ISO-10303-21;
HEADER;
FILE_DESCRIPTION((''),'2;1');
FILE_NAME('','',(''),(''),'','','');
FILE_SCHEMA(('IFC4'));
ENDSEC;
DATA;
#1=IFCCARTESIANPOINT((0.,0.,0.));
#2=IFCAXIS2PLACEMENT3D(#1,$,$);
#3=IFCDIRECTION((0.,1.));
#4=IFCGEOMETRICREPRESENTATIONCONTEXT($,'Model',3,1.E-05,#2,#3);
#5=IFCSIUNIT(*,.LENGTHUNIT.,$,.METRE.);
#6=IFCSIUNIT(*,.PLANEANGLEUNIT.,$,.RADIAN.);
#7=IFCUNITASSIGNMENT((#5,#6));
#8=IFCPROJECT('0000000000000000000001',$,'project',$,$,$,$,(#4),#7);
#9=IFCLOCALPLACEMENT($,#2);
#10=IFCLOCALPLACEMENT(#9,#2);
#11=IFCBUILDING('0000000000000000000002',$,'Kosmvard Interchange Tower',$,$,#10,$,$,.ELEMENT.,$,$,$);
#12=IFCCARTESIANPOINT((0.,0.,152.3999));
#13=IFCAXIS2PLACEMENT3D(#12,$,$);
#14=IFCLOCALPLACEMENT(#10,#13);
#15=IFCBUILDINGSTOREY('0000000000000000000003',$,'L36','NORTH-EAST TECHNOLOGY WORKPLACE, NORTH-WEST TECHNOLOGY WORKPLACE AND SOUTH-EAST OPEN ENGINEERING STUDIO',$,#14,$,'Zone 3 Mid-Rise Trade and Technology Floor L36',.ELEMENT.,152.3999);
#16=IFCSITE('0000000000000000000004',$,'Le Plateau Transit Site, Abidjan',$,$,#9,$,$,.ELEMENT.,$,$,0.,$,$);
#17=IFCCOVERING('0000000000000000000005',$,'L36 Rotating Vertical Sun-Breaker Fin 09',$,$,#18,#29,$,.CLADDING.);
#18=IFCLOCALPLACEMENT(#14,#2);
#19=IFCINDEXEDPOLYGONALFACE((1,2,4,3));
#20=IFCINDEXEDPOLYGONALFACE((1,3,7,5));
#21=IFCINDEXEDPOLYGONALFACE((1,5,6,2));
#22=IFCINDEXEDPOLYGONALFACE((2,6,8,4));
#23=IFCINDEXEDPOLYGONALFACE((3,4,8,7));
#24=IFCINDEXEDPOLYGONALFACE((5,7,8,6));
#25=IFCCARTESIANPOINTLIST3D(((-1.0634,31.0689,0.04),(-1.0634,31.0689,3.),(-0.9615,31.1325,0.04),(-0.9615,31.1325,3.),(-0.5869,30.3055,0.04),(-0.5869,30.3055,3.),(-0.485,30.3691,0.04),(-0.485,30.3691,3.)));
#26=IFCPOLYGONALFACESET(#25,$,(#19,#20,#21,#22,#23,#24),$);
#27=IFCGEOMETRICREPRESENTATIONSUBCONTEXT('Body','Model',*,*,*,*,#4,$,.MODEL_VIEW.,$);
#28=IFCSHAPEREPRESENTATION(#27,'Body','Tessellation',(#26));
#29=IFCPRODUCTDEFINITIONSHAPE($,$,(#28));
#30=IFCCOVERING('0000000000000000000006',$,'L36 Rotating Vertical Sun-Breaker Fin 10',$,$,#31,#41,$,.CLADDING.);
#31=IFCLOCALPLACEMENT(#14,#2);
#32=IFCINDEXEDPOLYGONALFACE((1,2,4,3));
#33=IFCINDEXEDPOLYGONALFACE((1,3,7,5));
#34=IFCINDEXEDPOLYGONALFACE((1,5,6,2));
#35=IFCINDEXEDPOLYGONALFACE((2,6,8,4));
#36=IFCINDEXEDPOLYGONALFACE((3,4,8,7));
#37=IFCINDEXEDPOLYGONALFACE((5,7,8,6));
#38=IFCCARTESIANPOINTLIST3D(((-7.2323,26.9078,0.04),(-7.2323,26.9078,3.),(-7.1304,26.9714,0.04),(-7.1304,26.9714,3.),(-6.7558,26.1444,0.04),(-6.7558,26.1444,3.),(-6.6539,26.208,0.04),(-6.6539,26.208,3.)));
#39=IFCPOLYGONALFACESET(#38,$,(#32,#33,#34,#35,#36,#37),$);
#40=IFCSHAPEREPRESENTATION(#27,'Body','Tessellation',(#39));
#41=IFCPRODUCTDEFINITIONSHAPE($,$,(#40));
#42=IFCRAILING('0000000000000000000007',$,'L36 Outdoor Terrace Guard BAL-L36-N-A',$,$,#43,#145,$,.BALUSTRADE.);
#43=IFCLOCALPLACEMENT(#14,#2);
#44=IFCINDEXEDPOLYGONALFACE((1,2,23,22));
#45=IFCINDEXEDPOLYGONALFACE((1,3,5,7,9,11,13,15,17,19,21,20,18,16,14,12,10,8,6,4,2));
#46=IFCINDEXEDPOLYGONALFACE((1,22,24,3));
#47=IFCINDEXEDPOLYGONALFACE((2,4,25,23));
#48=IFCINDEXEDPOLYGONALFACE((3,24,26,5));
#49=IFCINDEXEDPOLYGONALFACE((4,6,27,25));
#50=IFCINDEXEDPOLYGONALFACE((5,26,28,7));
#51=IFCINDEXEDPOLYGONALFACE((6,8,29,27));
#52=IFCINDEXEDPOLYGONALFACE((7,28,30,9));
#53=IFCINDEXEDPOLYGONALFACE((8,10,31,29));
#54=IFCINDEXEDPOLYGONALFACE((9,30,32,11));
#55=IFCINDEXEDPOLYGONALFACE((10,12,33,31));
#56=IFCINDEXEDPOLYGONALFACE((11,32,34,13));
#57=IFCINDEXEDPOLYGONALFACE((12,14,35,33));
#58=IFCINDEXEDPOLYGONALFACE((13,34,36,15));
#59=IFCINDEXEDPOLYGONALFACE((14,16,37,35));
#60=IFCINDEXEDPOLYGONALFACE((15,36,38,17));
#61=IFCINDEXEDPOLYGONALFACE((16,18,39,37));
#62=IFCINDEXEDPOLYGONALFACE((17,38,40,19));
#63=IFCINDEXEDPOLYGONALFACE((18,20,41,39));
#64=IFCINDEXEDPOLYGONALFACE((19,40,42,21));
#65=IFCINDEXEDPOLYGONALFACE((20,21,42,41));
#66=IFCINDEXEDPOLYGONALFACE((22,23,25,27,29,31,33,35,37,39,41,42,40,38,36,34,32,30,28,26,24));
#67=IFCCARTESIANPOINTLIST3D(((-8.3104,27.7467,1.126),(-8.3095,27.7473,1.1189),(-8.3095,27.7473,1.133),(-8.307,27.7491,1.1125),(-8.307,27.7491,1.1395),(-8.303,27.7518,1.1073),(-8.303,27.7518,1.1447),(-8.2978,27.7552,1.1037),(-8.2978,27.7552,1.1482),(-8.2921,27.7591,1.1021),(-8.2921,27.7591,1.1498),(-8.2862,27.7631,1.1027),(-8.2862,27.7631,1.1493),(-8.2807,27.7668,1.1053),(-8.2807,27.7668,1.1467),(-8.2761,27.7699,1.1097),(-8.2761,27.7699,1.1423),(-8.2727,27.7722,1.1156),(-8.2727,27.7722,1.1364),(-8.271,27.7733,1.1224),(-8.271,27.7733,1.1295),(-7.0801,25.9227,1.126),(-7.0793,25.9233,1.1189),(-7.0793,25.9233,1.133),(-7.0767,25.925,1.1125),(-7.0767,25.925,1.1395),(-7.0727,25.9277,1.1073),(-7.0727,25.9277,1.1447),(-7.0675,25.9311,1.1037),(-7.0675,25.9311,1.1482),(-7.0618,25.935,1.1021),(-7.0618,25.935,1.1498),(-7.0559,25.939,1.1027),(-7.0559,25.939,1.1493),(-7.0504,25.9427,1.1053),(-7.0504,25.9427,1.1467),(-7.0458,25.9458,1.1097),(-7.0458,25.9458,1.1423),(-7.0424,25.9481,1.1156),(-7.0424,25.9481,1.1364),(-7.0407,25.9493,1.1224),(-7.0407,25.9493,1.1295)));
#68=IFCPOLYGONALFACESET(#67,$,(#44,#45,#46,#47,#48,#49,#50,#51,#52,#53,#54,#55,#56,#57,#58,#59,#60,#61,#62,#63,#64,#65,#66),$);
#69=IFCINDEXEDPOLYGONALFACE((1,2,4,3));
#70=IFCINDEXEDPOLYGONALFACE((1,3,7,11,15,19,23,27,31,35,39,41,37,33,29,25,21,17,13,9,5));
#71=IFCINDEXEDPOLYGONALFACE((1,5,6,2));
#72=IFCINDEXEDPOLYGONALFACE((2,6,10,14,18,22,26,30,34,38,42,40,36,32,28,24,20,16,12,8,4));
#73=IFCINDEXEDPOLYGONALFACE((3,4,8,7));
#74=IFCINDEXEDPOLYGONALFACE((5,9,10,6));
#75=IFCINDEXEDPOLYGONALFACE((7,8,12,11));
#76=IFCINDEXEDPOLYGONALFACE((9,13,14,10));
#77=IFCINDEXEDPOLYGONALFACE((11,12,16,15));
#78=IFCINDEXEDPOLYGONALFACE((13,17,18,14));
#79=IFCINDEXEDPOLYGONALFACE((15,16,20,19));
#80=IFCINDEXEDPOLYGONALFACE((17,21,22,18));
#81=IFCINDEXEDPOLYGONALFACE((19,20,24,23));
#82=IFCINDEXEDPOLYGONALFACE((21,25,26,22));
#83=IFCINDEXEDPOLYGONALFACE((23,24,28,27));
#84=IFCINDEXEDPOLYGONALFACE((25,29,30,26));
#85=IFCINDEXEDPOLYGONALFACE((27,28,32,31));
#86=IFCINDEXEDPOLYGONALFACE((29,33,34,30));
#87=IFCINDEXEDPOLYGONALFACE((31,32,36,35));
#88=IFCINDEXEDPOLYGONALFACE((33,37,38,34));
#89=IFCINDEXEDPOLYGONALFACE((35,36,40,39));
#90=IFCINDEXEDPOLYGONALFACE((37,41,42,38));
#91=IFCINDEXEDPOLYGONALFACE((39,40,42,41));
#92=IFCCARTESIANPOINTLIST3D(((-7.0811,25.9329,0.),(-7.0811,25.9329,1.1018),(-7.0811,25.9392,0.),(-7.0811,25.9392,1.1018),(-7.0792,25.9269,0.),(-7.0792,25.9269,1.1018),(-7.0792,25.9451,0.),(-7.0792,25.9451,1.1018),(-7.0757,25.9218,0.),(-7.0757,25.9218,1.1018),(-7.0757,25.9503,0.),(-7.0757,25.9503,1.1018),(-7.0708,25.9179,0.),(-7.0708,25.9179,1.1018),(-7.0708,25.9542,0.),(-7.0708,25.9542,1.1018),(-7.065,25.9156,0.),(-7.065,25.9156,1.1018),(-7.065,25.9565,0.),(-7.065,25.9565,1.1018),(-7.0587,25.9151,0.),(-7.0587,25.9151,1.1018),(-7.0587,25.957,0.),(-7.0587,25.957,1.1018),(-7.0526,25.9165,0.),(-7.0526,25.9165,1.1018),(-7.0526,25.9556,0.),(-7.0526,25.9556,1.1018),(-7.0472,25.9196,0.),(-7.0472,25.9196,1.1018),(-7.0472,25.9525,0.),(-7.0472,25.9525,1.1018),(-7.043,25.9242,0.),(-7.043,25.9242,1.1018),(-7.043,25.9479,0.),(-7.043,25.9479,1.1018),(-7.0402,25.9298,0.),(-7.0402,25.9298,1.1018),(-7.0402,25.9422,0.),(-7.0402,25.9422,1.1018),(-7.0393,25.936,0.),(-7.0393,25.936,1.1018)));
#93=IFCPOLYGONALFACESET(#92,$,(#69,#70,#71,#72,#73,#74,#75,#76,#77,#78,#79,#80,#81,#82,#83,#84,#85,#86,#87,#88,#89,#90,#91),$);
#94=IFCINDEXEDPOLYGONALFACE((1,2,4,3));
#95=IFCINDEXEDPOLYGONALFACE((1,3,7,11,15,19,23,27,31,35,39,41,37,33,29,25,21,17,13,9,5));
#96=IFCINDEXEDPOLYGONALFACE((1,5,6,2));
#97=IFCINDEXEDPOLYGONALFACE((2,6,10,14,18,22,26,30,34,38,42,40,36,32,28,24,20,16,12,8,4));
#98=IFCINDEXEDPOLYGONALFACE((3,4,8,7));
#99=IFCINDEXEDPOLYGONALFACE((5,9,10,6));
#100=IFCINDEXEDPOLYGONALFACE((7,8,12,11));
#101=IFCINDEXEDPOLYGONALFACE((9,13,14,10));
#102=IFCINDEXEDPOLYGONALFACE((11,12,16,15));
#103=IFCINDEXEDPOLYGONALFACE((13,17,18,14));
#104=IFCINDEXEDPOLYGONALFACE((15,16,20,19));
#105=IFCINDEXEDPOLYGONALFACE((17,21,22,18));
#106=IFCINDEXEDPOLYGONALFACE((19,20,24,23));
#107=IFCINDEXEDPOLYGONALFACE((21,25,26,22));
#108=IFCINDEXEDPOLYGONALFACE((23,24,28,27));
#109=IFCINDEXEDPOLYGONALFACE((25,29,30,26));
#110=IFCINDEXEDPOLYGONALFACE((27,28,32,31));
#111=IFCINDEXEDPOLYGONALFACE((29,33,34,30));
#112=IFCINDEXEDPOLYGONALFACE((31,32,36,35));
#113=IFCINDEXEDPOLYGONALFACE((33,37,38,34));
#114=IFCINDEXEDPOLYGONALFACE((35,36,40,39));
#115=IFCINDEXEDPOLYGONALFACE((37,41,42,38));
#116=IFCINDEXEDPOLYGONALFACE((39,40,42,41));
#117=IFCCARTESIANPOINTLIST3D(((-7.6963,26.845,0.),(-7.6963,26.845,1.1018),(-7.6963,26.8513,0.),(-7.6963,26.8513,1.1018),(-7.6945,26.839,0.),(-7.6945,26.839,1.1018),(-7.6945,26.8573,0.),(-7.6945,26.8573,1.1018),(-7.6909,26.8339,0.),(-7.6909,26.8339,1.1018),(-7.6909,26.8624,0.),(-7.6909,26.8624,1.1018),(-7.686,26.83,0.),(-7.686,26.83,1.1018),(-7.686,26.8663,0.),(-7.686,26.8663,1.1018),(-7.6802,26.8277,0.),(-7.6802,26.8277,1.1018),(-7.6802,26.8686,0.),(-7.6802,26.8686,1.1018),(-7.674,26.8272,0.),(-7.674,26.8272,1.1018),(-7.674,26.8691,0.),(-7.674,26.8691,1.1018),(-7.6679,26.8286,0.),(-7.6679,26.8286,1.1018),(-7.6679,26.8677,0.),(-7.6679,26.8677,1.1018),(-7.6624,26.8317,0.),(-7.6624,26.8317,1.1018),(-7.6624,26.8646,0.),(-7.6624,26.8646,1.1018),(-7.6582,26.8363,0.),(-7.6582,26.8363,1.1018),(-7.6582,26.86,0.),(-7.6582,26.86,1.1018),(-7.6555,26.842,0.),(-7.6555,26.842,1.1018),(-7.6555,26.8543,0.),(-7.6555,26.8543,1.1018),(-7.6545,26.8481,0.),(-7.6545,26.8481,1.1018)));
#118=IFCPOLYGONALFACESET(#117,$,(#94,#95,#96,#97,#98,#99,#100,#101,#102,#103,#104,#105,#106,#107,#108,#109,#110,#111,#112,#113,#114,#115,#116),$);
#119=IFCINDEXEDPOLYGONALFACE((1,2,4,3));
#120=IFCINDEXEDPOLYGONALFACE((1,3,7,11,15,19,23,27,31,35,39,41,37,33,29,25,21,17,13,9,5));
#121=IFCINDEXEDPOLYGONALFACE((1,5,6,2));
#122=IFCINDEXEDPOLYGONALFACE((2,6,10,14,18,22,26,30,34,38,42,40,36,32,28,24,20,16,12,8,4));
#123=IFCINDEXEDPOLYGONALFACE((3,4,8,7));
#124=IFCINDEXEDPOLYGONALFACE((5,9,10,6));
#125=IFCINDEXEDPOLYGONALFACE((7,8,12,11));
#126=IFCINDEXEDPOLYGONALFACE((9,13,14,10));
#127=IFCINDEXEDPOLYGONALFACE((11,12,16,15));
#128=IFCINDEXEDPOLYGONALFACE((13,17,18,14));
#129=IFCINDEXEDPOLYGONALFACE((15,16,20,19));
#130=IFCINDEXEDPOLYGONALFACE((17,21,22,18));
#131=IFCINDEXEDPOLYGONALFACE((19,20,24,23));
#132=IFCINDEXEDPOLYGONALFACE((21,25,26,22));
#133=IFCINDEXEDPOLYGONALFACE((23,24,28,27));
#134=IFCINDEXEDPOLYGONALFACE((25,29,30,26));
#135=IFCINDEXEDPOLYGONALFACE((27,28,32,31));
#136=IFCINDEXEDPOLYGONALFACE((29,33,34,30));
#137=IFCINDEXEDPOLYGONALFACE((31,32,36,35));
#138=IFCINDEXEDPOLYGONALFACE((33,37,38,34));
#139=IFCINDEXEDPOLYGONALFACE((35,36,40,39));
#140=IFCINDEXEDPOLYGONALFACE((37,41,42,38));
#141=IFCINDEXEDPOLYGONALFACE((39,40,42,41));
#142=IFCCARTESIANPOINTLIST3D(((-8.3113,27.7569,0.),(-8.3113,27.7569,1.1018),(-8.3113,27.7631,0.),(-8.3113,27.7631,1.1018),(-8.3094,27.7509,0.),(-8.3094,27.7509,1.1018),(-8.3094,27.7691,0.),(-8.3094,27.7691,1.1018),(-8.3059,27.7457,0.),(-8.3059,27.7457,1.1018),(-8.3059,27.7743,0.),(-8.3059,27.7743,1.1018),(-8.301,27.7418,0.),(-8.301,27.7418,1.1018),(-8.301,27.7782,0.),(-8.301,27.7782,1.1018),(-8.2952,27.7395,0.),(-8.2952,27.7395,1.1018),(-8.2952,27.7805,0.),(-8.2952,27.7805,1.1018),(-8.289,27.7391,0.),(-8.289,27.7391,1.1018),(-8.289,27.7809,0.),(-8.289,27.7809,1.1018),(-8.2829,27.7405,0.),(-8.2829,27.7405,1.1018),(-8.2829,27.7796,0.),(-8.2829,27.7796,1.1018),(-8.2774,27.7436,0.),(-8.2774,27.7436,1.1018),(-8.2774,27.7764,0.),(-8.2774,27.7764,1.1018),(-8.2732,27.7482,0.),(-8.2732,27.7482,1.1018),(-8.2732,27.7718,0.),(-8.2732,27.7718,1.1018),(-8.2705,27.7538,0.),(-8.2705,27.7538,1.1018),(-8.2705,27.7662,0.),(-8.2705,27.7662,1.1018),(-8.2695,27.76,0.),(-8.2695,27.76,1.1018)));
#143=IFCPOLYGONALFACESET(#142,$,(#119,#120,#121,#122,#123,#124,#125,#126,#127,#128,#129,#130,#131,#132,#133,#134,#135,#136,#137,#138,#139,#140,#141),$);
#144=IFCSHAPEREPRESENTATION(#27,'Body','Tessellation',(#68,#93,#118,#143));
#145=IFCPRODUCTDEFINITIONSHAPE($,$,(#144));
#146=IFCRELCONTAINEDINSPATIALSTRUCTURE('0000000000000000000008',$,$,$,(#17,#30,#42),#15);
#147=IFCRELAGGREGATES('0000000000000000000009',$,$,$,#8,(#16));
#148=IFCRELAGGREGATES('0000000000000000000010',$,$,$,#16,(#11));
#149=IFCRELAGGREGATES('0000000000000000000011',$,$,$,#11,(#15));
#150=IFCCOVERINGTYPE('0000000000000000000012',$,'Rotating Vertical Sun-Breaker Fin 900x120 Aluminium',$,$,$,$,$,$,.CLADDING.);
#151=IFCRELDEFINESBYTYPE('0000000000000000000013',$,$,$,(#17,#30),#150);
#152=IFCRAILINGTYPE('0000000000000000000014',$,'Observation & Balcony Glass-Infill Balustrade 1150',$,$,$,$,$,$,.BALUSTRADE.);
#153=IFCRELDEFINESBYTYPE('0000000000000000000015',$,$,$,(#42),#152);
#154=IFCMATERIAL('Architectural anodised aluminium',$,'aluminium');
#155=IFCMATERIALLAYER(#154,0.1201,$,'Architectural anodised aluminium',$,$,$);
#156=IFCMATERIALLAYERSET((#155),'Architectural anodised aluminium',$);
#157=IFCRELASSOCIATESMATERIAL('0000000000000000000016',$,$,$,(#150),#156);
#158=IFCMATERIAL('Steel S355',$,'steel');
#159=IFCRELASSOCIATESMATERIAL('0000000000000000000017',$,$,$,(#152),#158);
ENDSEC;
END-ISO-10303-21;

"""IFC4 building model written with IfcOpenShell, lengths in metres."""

from ifc_helpers import new_model, si_unit, direction, frame, origin, origin_2d, place, context, subcontext, project, spatial, rectangle, circle, extrude, source, transform, mapped, material, layer, layer_set, type_object, element, save


model = new_model("IFC4")

# Units and contexts
model_context = context("Model", 3, precision=1e-05, world=origin(), true_north=direction((0.0, 1.0)))
body_context = subcontext(model_context, "Body", "Model", "MODEL_VIEW")
ifc_project = project(units=[si_unit("LENGTHUNIT", "METRE"), si_unit("PLANEANGLEUNIT", "RADIAN")], contexts=[model_context])

# Site, building, storey
site_placement = place(None, origin())
site = spatial("IfcSite", under=ifc_project, at=site_placement, Name="Le Plateau Transit Site, Abidjan", CompositionType="ELEMENT", RefElevation=0.0)
building_placement = place(site_placement, origin())
building = spatial("IfcBuilding", under=site, at=building_placement, Name="Kosmvard Interchange Tower", CompositionType="ELEMENT")
storey_placement = place(building_placement, frame((0.0, 0.0, 152.3999)))
storey = spatial("IfcBuildingStorey", under=building, at=storey_placement, Name="L36", Description="NORTH-EAST TECHNOLOGY WORKPLACE, NORTH-WEST TECHNOLOGY WORKPLACE AND SOUTH-EAST OPEN ENGINEERING STUDIO", LongName="Zone 3 Mid-Rise Trade and Technology Floor L36", CompositionType="ELEMENT", Elevation=152.3999)

# Shared definitions
ifc_material_1 = material(Name="Steel S355", Category="steel")

# Coverings
ifc_material_2 = material(Name="Architectural anodised aluminium", Category="aluminium")
ifc_layer_1 = layer(ifc_material_2, 0.1201, Name="Architectural anodised aluminium")
ifc_layer_set_1 = layer_set([ifc_layer_1], Name="Architectural anodised aluminium")
covering_type = type_object("IfcCoveringType", Name="Rotating Vertical Sun-Breaker Fin 900x120 Aluminium", PredefinedType="CLADDING", material=ifc_layer_set_1)
shared_shape_1 = source(origin(), body_context, "Body", "SweptSolid", [
    extrude(rectangle(XDim=0.8999, YDim=0.1201, at=origin_2d()), origin(), (0.0, 0.0, 1.0), 2.96),
])
for number, where, z_axis, x_axis, name in (
    (1, (-0.7742, 30.719, 0.04), (0.0, 0.0, 1.0), (-0.529475, 0.848325, 0.0), "L36 Rotating Vertical Sun-Breaker Fin 09"),
    (2, (-6.9431, 26.5579, 0.04), (0.0, 0.0, 1.0), (-0.529475, 0.848325, 0.0), "L36 Rotating Vertical Sun-Breaker Fin 10"),
):
    element("IfcCovering", number, at=place(storey_placement, frame(where, z_axis=z_axis, x_axis=x_axis)), inside=storey, type_object=covering_type, Name=name, PredefinedType="CLADDING", context=body_context, shape_type="MappedRepresentation", body=[
        mapped(shared_shape_1, transform((0.0, 0.0, 0.0), scale=1.0)),
    ])

# Railing
railing_type_1 = type_object("IfcRailingType", Name="Observation & Balcony Glass-Infill Balustrade 1150", PredefinedType="BALUSTRADE", material=ifc_material_1)
shared_shape_2 = source(origin(), body_context, "Body", "SweptSolid", [
    extrude(circle(Radius=0.0239, at=origin_2d()), frame((0.0, 0.0, 1.126), z_axis=(-0.559174, 0.829051, 0.0), x_axis=(-0.829051, -0.559174, 0.0)), (0.0, 0.0, 1.0), 2.2002),
    extrude(circle(Radius=0.021, at=origin_2d()), origin(), (0.0, 0.0, 1.0), 1.1018),
    extrude(circle(Radius=0.021, at=origin_2d()), frame((-0.6152, 0.9121, 0.0)), (0.0, 0.0, 1.0), 1.1018),
    extrude(circle(Radius=0.021, at=origin_2d()), frame((-1.2302, 1.824, 0.0)), (0.0, 0.0, 1.0), 1.1018),
])
railing_1_placement = place(storey_placement, frame((-7.0603, 25.936, 0.0)))
element("IfcRailing", 3, at=railing_1_placement, inside=storey, type_object=railing_type_1, Name="L36 Outdoor Terrace Guard BAL-L36-N-A", PredefinedType="BALUSTRADE", context=body_context, shape_type="MappedRepresentation", body=[
    mapped(shared_shape_2, transform((0.0, 0.0, 0.0), scale=1.0)),
])

save(model, "model.ifc")
